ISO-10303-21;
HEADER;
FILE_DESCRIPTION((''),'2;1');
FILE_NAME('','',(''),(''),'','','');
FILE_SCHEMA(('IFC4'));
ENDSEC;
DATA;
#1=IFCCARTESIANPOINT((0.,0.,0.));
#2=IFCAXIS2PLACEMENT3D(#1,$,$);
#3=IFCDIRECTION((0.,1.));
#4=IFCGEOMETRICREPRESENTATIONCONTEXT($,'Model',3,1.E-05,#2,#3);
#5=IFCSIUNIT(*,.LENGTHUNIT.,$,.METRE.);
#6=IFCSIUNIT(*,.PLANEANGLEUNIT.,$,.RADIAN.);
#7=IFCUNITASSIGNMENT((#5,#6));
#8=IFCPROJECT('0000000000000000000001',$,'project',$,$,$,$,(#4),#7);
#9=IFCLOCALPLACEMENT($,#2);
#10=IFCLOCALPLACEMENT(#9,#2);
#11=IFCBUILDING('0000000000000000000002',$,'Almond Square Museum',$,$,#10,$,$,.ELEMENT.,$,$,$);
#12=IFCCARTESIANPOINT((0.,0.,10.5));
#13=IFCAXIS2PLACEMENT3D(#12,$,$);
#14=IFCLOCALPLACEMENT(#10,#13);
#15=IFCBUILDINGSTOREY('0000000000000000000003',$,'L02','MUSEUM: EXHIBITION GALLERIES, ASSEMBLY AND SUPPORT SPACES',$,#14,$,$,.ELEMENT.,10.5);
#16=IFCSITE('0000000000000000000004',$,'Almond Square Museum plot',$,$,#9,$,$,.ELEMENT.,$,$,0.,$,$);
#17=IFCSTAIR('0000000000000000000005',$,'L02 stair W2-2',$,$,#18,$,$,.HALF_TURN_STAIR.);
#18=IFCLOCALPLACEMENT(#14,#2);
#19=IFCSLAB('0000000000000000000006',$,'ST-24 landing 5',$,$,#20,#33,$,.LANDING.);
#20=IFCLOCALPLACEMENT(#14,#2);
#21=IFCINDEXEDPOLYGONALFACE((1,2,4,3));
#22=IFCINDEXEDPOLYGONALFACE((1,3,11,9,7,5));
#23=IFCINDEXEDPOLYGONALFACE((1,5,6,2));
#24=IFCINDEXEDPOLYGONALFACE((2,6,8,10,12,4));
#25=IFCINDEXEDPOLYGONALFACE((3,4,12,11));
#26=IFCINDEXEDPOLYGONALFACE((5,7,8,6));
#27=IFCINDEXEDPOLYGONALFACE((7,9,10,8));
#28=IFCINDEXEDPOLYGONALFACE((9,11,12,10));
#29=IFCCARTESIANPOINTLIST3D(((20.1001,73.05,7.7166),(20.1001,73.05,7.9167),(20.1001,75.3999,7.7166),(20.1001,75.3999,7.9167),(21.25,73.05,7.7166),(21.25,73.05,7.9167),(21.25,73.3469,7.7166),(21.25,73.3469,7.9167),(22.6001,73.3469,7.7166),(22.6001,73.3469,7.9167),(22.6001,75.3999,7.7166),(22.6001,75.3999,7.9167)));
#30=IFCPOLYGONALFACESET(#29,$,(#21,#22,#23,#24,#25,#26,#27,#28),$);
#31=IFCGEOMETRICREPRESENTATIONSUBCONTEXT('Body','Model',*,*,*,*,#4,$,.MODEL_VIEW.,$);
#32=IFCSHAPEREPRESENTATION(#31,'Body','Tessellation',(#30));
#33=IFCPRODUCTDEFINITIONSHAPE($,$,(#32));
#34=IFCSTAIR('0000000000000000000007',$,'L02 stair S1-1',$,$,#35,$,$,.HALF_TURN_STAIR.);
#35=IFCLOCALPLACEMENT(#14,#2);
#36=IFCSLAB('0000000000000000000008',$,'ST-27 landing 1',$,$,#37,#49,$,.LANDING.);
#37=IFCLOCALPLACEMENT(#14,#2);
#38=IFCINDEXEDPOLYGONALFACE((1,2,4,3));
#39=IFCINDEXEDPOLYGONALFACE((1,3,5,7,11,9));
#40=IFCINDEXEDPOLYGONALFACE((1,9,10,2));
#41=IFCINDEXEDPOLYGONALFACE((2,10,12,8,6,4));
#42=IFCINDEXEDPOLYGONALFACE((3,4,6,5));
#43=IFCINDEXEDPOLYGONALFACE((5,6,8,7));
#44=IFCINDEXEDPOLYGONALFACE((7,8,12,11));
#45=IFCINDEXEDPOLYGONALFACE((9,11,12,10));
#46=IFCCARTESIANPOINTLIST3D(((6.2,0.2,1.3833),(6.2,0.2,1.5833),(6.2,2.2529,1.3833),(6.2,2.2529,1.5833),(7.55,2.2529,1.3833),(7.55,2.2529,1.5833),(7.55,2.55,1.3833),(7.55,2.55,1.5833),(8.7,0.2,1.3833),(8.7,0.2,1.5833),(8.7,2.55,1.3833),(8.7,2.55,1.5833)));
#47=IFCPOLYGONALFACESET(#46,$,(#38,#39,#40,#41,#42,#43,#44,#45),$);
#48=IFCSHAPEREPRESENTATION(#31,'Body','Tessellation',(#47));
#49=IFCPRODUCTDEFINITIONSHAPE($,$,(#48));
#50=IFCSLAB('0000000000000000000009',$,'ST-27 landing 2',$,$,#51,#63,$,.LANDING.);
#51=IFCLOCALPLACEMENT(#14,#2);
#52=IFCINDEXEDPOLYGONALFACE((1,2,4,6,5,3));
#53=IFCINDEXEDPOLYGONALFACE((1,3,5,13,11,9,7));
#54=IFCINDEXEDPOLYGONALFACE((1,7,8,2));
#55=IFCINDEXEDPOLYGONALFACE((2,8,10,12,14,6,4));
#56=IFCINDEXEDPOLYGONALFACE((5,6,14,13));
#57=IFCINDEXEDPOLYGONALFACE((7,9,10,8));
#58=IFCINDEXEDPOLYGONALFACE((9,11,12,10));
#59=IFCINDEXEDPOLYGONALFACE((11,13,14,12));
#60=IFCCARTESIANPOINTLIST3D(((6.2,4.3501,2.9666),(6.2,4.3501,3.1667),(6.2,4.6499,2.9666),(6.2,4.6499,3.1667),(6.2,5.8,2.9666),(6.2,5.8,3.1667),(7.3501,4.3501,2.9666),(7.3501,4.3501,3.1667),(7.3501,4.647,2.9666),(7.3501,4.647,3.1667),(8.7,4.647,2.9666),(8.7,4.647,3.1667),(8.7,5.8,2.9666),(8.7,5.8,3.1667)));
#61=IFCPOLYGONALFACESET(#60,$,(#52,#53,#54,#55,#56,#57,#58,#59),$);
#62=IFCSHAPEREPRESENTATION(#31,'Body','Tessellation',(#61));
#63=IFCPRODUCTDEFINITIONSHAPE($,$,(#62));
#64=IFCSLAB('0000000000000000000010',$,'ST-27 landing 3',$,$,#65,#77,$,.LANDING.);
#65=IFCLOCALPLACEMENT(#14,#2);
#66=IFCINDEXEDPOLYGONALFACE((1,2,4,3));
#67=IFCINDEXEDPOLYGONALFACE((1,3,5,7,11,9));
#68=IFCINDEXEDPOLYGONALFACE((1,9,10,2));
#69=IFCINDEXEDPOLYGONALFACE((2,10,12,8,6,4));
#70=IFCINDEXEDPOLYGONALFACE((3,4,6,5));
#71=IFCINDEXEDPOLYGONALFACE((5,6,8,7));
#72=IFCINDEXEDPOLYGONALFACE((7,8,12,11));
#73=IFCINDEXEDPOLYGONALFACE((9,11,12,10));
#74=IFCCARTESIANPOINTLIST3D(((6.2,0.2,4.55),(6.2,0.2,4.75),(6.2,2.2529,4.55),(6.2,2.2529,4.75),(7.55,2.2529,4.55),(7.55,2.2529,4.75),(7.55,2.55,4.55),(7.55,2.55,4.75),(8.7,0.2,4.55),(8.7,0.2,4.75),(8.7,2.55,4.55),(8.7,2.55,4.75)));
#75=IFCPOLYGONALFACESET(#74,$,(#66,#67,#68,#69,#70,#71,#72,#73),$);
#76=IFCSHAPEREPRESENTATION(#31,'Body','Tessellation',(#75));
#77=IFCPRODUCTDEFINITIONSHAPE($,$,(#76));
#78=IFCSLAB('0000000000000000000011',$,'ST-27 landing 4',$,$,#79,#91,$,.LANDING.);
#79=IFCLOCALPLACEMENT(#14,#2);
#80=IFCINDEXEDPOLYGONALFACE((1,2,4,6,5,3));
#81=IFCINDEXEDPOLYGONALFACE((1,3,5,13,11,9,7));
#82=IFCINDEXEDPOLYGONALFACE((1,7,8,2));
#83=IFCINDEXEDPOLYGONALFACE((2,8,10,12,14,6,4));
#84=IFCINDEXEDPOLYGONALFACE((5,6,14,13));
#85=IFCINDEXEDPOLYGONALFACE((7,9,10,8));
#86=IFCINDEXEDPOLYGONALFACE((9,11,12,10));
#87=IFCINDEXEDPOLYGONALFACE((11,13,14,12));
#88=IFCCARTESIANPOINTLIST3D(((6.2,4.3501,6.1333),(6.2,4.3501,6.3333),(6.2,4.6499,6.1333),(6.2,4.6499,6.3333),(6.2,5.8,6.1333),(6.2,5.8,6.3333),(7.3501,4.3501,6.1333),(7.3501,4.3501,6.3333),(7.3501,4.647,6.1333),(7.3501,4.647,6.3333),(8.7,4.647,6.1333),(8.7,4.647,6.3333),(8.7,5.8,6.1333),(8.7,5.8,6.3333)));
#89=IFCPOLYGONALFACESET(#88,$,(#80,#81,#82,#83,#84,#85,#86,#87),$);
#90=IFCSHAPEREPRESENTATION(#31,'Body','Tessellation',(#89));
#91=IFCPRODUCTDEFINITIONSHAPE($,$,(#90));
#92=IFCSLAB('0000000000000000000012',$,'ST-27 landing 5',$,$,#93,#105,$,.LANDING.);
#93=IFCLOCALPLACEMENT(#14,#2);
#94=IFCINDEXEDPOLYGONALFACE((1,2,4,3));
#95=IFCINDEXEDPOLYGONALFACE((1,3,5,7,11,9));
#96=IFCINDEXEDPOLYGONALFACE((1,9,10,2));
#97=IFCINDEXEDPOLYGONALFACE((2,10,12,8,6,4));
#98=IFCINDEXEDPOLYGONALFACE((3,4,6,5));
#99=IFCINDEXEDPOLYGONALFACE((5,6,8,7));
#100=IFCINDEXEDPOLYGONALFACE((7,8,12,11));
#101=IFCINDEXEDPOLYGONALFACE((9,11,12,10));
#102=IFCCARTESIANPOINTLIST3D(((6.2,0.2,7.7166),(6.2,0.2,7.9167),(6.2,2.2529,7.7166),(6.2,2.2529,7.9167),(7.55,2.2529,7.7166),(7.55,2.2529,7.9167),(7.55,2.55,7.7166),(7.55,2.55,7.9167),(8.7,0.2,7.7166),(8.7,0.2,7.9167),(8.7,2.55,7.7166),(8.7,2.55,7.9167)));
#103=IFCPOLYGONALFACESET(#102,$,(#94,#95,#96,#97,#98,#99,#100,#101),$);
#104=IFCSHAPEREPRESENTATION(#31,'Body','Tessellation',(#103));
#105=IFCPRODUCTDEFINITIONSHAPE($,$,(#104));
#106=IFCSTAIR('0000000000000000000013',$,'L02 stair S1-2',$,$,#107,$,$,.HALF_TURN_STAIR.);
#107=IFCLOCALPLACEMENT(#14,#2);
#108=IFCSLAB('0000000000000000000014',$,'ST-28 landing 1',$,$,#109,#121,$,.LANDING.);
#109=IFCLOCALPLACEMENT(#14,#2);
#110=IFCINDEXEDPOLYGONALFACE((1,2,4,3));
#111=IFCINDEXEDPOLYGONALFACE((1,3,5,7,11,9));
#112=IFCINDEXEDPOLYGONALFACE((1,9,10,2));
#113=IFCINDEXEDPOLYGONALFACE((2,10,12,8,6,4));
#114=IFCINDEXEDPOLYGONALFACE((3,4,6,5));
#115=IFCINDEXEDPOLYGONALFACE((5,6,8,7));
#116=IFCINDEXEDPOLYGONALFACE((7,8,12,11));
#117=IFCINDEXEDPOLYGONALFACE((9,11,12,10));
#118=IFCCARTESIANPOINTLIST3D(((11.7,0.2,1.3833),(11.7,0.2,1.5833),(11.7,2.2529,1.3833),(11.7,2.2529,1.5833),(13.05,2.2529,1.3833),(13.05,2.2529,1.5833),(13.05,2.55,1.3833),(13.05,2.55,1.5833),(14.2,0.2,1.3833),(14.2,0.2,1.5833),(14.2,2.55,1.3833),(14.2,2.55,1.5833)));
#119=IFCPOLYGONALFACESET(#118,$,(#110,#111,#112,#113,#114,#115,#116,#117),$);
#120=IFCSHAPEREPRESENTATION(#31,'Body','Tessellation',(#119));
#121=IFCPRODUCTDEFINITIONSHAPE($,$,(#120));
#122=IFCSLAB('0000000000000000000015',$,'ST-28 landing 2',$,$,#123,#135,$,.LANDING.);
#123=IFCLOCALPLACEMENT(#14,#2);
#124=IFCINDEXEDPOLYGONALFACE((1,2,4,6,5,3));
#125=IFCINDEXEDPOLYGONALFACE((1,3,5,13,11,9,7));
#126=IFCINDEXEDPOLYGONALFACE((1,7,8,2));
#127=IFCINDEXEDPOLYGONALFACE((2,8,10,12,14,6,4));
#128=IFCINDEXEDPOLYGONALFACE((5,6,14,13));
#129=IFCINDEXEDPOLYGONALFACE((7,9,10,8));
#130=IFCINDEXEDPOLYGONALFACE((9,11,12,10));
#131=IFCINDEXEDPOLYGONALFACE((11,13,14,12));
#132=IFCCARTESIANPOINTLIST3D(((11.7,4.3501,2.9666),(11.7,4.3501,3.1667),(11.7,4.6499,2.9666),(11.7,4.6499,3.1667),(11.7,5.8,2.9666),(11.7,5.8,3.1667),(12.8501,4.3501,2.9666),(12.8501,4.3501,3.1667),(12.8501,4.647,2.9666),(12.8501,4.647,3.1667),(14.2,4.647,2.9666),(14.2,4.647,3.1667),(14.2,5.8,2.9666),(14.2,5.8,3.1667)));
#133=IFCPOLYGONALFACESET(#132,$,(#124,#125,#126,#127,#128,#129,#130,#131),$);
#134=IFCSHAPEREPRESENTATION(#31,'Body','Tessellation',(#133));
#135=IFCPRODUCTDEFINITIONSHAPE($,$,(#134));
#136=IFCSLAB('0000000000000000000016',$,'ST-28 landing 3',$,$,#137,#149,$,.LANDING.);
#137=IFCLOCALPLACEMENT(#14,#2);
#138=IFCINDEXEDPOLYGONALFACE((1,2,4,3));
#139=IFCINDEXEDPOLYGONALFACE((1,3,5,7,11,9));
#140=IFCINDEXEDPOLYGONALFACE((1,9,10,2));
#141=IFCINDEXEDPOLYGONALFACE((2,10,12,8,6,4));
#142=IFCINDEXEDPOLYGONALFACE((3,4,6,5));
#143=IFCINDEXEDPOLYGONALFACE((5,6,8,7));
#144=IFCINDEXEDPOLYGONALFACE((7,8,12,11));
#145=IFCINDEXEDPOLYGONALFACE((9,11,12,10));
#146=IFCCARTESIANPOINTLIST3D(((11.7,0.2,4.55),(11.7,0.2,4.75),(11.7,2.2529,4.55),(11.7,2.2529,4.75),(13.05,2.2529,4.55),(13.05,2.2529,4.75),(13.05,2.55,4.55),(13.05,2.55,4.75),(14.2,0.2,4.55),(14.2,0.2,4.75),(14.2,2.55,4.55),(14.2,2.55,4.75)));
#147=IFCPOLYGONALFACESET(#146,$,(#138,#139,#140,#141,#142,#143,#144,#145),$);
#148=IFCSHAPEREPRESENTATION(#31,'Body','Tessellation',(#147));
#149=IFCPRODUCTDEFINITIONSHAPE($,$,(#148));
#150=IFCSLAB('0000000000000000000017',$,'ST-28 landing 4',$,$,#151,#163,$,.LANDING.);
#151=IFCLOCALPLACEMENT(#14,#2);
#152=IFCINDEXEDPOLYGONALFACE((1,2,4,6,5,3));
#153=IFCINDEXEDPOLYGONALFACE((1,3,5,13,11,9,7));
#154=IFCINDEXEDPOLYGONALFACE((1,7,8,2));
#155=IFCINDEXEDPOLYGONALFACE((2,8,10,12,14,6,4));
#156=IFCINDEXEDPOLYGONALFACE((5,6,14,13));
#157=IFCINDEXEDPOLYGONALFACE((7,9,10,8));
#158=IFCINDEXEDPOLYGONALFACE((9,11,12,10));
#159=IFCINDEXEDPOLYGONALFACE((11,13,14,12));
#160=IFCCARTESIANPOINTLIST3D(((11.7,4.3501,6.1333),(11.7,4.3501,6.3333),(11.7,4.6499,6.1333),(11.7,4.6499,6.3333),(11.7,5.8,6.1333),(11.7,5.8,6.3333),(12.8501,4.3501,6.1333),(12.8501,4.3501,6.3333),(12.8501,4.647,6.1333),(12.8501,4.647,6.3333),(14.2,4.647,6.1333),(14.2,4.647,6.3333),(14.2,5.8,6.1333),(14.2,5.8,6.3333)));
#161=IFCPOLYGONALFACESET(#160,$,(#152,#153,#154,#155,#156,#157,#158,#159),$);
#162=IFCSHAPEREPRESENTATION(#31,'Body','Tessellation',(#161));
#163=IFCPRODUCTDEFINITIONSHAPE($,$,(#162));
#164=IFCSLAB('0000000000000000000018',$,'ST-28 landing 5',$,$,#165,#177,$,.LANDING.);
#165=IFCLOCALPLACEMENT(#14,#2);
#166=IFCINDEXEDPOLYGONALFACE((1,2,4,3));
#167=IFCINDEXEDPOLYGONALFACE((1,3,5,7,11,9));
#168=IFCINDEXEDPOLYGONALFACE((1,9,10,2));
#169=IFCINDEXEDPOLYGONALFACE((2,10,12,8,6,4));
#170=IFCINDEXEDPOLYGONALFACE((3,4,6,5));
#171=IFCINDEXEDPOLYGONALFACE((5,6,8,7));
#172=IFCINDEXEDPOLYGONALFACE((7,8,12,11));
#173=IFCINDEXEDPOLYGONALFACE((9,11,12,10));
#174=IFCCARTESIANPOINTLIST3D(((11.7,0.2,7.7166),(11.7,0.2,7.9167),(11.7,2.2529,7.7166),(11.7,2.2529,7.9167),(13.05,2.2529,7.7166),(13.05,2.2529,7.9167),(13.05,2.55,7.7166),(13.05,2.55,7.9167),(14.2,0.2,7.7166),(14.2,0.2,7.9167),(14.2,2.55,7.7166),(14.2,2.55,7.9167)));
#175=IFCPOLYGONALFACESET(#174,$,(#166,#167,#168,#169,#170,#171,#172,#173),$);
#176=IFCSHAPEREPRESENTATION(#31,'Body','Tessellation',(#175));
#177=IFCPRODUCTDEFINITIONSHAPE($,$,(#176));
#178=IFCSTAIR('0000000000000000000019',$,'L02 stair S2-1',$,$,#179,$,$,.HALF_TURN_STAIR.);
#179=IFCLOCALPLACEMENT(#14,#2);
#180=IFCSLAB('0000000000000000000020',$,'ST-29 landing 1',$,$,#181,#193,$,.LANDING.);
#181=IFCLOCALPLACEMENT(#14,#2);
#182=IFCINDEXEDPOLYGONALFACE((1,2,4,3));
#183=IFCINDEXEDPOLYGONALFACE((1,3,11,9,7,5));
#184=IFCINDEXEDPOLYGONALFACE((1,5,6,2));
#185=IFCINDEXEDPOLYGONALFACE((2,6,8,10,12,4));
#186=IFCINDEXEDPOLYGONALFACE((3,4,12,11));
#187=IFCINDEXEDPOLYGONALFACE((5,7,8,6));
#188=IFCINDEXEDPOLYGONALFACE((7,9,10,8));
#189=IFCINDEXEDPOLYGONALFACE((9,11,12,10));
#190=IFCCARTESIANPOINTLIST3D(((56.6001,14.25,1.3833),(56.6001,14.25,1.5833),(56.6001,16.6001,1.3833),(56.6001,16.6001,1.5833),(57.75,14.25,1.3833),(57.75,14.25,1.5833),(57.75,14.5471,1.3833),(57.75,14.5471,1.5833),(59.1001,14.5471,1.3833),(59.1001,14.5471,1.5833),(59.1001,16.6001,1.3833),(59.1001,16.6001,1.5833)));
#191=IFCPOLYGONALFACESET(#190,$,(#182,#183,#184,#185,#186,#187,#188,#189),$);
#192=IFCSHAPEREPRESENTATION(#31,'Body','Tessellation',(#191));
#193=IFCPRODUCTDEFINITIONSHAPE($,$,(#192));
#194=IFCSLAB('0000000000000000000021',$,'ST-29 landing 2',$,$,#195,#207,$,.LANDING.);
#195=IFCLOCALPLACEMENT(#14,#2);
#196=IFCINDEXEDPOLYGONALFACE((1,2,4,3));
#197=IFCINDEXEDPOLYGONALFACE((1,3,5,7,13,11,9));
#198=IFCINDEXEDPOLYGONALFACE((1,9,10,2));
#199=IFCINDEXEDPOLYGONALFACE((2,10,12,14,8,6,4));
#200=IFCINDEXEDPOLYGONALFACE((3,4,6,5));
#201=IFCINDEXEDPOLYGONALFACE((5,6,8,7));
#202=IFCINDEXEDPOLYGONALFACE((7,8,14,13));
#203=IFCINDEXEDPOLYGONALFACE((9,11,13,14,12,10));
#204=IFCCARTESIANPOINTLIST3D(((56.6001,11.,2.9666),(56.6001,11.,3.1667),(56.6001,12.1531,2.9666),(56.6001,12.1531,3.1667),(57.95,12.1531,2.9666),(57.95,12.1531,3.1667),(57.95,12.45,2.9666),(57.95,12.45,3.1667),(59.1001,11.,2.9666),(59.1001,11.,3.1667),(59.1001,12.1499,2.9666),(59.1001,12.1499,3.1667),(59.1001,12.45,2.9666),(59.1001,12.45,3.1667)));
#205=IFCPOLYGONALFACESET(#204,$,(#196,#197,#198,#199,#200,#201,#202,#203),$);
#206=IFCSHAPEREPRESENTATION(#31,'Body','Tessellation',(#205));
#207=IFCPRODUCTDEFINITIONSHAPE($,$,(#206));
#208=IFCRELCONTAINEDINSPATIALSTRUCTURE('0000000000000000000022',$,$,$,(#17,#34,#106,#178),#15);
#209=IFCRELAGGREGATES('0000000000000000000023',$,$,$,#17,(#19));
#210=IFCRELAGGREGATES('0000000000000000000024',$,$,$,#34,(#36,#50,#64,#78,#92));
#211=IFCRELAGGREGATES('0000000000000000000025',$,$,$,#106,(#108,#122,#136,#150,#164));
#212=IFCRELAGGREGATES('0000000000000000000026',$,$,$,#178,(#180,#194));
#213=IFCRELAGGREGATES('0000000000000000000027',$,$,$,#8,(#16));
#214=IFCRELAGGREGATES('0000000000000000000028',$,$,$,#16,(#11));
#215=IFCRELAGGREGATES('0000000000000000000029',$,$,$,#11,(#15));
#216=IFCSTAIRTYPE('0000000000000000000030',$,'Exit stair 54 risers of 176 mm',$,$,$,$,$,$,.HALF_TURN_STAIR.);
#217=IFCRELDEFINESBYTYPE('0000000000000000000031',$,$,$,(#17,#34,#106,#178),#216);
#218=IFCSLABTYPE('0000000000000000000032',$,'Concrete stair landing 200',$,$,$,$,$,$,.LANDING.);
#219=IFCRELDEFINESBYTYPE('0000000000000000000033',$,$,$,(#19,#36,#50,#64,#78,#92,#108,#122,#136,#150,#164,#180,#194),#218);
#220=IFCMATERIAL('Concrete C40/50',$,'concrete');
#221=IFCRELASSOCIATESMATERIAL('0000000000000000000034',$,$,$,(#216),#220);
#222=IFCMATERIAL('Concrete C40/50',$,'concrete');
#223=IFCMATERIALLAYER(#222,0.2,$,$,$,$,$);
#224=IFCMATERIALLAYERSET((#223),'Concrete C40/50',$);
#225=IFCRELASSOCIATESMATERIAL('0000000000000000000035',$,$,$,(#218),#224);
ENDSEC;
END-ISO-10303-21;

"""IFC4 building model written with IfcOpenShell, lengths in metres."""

from ifc_helpers import new_model, si_unit, direction, frame, origin, place, context, subcontext, project, spatial, polyline, outline, extrude, material, layer, layer_set, type_object, element, aggregate, save


model = new_model("IFC4")

# Units and contexts
model_context = context("Model", 3, precision=1e-05, world=origin(), true_north=direction((0.0, 1.0)))
body_context = subcontext(model_context, "Body", "Model", "MODEL_VIEW")
ifc_project = project(units=[si_unit("LENGTHUNIT", "METRE"), si_unit("PLANEANGLEUNIT", "RADIAN")], contexts=[model_context])

# Site, building, storey
site_placement = place(None, origin())
site = spatial("IfcSite", under=ifc_project, at=site_placement, Name="Almond Square Museum plot", CompositionType="ELEMENT", RefElevation=0.0)
building_placement = place(site_placement, origin())
building = spatial("IfcBuilding", under=site, at=building_placement, Name="Almond Square Museum", CompositionType="ELEMENT")
storey_placement = place(building_placement, frame((0.0, 0.0, 10.5)))
storey = spatial("IfcBuildingStorey", under=building, at=storey_placement, Name="L02", Description="MUSEUM: EXHIBITION GALLERIES, ASSEMBLY AND SUPPORT SPACES", CompositionType="ELEMENT", Elevation=10.5)

# Stairs, slabs
ifc_material_1 = material(Name="Concrete C40/50", Category="concrete")
stair_type = type_object("IfcStairType", Name="Exit stair 54 risers of 176 mm", PredefinedType="HALF_TURN_STAIR", material=ifc_material_1)
ifc_material_2 = material(Name="Concrete C40/50", Category="concrete")
ifc_layer = layer(ifc_material_2, 0.2)
ifc_layer_set = layer_set([ifc_layer], Name="Concrete C40/50")
slab_type = type_object("IfcSlabType", Name="Concrete stair landing 200", PredefinedType="LANDING", material=ifc_layer_set)
stair_1_placement = place(storey_placement, origin())
stair_1 = element("IfcStair", 1, at=stair_1_placement, inside=storey, type_object=stair_type, Name="L02 stair W2-2", PredefinedType="HALF_TURN_STAIR")
slab_1_placement = place(storey_placement, frame((0.0, 0.0, 7.7166)))
slab_1 = element("IfcSlab", 2, at=slab_1_placement, type_object=slab_type, Name="ST-24 landing 5", PredefinedType="LANDING", context=body_context, shape_type="SweptSolid", body=[
    extrude(outline(polyline([(22.6001, 73.3469), (22.6001, 75.3999), (20.1001, 75.3999), (20.1001, 73.05), (21.25, 73.05), (21.25, 73.3469), (22.6001, 73.3469)])), origin(), (0.0, 0.0, 1.0), 0.2002),
])
aggregate(stair_1, [slab_1])
stair_2_placement = place(storey_placement, origin())
stair_2 = element("IfcStair", 3, at=stair_2_placement, inside=storey, type_object=stair_type, Name="L02 stair S1-1", PredefinedType="HALF_TURN_STAIR")
slab_2_placement = place(storey_placement, frame((0.0, 0.0, 1.3833)))
slab_2 = element("IfcSlab", 4, at=slab_2_placement, type_object=slab_type, Name="ST-27 landing 1", PredefinedType="LANDING", context=body_context, shape_type="SweptSolid", body=[
    extrude(outline(polyline([(6.2, 2.2529), (6.2, 0.2), (8.7, 0.2), (8.7, 2.55), (7.55, 2.55), (7.55, 2.2529), (6.2, 2.2529)])), origin(), (0.0, 0.0, 1.0), 0.2),
])
slab_3_placement = place(storey_placement, frame((0.0, 0.0, 2.9666)))
slab_3 = element("IfcSlab", 5, at=slab_3_placement, type_object=slab_type, Name="ST-27 landing 2", PredefinedType="LANDING", context=body_context, shape_type="SweptSolid", body=[
    extrude(outline(polyline([(6.2, 5.8), (6.2, 4.6499), (6.2, 4.3501), (7.3501, 4.3501), (7.3501, 4.647), (8.7, 4.647), (8.7, 5.8), (6.2, 5.8)])), origin(), (0.0, 0.0, 1.0), 0.2002),
])
slab_4_placement = place(storey_placement, frame((0.0, 0.0, 4.55)))
slab_4 = element("IfcSlab", 6, at=slab_4_placement, type_object=slab_type, Name="ST-27 landing 3", PredefinedType="LANDING", context=body_context, shape_type="SweptSolid", body=[
    extrude(outline(polyline([(6.2, 2.2529), (6.2, 0.2), (8.7, 0.2), (8.7, 2.55), (7.55, 2.55), (7.55, 2.2529), (6.2, 2.2529)])), origin(), (0.0, 0.0, 1.0), 0.2),
])
slab_5_placement = place(storey_placement, frame((0.0, 0.0, 6.1333)))
slab_5 = element("IfcSlab", 7, at=slab_5_placement, type_object=slab_type, Name="ST-27 landing 4", PredefinedType="LANDING", context=body_context, shape_type="SweptSolid", body=[
    extrude(outline(polyline([(6.2, 5.8), (6.2, 4.6499), (6.2, 4.3501), (7.3501, 4.3501), (7.3501, 4.647), (8.7, 4.647), (8.7, 5.8), (6.2, 5.8)])), origin(), (0.0, 0.0, 1.0), 0.2),
])
slab_6_placement = place(storey_placement, frame((0.0, 0.0, 7.7166)))
slab_6 = element("IfcSlab", 8, at=slab_6_placement, type_object=slab_type, Name="ST-27 landing 5", PredefinedType="LANDING", context=body_context, shape_type="SweptSolid", body=[
    extrude(outline(polyline([(6.2, 2.2529), (6.2, 0.2), (8.7, 0.2), (8.7, 2.55), (7.55, 2.55), (7.55, 2.2529), (6.2, 2.2529)])), origin(), (0.0, 0.0, 1.0), 0.2002),
])
aggregate(stair_2, [slab_2, slab_3, slab_4, slab_5, slab_6])
stair_3_placement = place(storey_placement, origin())
stair_3 = element("IfcStair", 9, at=stair_3_placement, inside=storey, type_object=stair_type, Name="L02 stair S1-2", PredefinedType="HALF_TURN_STAIR")
slab_7_placement = place(storey_placement, frame((0.0, 0.0, 1.3833)))
slab_7 = element("IfcSlab", 10, at=slab_7_placement, type_object=slab_type, Name="ST-28 landing 1", PredefinedType="LANDING", context=body_context, shape_type="SweptSolid", body=[
    extrude(outline(polyline([(11.7, 2.2529), (11.7, 0.2), (14.2, 0.2), (14.2, 2.55), (13.05, 2.55), (13.05, 2.2529), (11.7, 2.2529)])), origin(), (0.0, 0.0, 1.0), 0.2),
])
slab_8_placement = place(storey_placement, frame((0.0, 0.0, 2.9666)))
slab_8 = element("IfcSlab", 11, at=slab_8_placement, type_object=slab_type, Name="ST-28 landing 2", PredefinedType="LANDING", context=body_context, shape_type="SweptSolid", body=[
    extrude(outline(polyline([(11.7, 5.8), (11.7, 4.6499), (11.7, 4.3501), (12.8501, 4.3501), (12.8501, 4.647), (14.2, 4.647), (14.2, 5.8), (11.7, 5.8)])), origin(), (0.0, 0.0, 1.0), 0.2002),
])
slab_9_placement = place(storey_placement, frame((0.0, 0.0, 4.55)))
slab_9 = element("IfcSlab", 12, at=slab_9_placement, type_object=slab_type, Name="ST-28 landing 3", PredefinedType="LANDING", context=body_context, shape_type="SweptSolid", body=[
    extrude(outline(polyline([(11.7, 2.2529), (11.7, 0.2), (14.2, 0.2), (14.2, 2.55), (13.05, 2.55), (13.05, 2.2529), (11.7, 2.2529)])), origin(), (0.0, 0.0, 1.0), 0.2),
])
slab_10_placement = place(storey_placement, frame((0.0, 0.0, 6.1333)))
slab_10 = element("IfcSlab", 13, at=slab_10_placement, type_object=slab_type, Name="ST-28 landing 4", PredefinedType="LANDING", context=body_context, shape_type="SweptSolid", body=[
    extrude(outline(polyline([(11.7, 5.8), (11.7, 4.6499), (11.7, 4.3501), (12.8501, 4.3501), (12.8501, 4.647), (14.2, 4.647), (14.2, 5.8), (11.7, 5.8)])), origin(), (0.0, 0.0, 1.0), 0.2),
])
slab_11_placement = place(storey_placement, frame((0.0, 0.0, 7.7166)))
slab_11 = element("IfcSlab", 14, at=slab_11_placement, type_object=slab_type, Name="ST-28 landing 5", PredefinedType="LANDING", context=body_context, shape_type="SweptSolid", body=[
    extrude(outline(polyline([(11.7, 2.2529), (11.7, 0.2), (14.2, 0.2), (14.2, 2.55), (13.05, 2.55), (13.05, 2.2529), (11.7, 2.2529)])), origin(), (0.0, 0.0, 1.0), 0.2002),
])
aggregate(stair_3, [slab_7, slab_8, slab_9, slab_10, slab_11])
stair_4_placement = place(storey_placement, origin())
stair_4 = element("IfcStair", 15, at=stair_4_placement, inside=storey, type_object=stair_type, Name="L02 stair S2-1", PredefinedType="HALF_TURN_STAIR")
slab_12_placement = place(storey_placement, frame((0.0, 0.0, 1.3833)))
slab_12 = element("IfcSlab", 16, at=slab_12_placement, type_object=slab_type, Name="ST-29 landing 1", PredefinedType="LANDING", context=body_context, shape_type="SweptSolid", body=[
    extrude(outline(polyline([(59.1001, 14.5471), (59.1001, 16.6001), (56.6001, 16.6001), (56.6001, 14.25), (57.75, 14.25), (57.75, 14.5471), (59.1001, 14.5471)])), origin(), (0.0, 0.0, 1.0), 0.2),
])
slab_13_placement = place(storey_placement, frame((0.0, 0.0, 2.9666)))
slab_13 = element("IfcSlab", 17, at=slab_13_placement, type_object=slab_type, Name="ST-29 landing 2", PredefinedType="LANDING", context=body_context, shape_type="SweptSolid", body=[
    extrude(outline(polyline([(59.1001, 11.0), (59.1001, 12.1499), (59.1001, 12.45), (57.95, 12.45), (57.95, 12.1531), (56.6001, 12.1531), (56.6001, 11.0), (59.1001, 11.0)])), origin(), (0.0, 0.0, 1.0), 0.2002),
])
aggregate(stair_4, [slab_12, slab_13])

save(model, "model.ifc")
